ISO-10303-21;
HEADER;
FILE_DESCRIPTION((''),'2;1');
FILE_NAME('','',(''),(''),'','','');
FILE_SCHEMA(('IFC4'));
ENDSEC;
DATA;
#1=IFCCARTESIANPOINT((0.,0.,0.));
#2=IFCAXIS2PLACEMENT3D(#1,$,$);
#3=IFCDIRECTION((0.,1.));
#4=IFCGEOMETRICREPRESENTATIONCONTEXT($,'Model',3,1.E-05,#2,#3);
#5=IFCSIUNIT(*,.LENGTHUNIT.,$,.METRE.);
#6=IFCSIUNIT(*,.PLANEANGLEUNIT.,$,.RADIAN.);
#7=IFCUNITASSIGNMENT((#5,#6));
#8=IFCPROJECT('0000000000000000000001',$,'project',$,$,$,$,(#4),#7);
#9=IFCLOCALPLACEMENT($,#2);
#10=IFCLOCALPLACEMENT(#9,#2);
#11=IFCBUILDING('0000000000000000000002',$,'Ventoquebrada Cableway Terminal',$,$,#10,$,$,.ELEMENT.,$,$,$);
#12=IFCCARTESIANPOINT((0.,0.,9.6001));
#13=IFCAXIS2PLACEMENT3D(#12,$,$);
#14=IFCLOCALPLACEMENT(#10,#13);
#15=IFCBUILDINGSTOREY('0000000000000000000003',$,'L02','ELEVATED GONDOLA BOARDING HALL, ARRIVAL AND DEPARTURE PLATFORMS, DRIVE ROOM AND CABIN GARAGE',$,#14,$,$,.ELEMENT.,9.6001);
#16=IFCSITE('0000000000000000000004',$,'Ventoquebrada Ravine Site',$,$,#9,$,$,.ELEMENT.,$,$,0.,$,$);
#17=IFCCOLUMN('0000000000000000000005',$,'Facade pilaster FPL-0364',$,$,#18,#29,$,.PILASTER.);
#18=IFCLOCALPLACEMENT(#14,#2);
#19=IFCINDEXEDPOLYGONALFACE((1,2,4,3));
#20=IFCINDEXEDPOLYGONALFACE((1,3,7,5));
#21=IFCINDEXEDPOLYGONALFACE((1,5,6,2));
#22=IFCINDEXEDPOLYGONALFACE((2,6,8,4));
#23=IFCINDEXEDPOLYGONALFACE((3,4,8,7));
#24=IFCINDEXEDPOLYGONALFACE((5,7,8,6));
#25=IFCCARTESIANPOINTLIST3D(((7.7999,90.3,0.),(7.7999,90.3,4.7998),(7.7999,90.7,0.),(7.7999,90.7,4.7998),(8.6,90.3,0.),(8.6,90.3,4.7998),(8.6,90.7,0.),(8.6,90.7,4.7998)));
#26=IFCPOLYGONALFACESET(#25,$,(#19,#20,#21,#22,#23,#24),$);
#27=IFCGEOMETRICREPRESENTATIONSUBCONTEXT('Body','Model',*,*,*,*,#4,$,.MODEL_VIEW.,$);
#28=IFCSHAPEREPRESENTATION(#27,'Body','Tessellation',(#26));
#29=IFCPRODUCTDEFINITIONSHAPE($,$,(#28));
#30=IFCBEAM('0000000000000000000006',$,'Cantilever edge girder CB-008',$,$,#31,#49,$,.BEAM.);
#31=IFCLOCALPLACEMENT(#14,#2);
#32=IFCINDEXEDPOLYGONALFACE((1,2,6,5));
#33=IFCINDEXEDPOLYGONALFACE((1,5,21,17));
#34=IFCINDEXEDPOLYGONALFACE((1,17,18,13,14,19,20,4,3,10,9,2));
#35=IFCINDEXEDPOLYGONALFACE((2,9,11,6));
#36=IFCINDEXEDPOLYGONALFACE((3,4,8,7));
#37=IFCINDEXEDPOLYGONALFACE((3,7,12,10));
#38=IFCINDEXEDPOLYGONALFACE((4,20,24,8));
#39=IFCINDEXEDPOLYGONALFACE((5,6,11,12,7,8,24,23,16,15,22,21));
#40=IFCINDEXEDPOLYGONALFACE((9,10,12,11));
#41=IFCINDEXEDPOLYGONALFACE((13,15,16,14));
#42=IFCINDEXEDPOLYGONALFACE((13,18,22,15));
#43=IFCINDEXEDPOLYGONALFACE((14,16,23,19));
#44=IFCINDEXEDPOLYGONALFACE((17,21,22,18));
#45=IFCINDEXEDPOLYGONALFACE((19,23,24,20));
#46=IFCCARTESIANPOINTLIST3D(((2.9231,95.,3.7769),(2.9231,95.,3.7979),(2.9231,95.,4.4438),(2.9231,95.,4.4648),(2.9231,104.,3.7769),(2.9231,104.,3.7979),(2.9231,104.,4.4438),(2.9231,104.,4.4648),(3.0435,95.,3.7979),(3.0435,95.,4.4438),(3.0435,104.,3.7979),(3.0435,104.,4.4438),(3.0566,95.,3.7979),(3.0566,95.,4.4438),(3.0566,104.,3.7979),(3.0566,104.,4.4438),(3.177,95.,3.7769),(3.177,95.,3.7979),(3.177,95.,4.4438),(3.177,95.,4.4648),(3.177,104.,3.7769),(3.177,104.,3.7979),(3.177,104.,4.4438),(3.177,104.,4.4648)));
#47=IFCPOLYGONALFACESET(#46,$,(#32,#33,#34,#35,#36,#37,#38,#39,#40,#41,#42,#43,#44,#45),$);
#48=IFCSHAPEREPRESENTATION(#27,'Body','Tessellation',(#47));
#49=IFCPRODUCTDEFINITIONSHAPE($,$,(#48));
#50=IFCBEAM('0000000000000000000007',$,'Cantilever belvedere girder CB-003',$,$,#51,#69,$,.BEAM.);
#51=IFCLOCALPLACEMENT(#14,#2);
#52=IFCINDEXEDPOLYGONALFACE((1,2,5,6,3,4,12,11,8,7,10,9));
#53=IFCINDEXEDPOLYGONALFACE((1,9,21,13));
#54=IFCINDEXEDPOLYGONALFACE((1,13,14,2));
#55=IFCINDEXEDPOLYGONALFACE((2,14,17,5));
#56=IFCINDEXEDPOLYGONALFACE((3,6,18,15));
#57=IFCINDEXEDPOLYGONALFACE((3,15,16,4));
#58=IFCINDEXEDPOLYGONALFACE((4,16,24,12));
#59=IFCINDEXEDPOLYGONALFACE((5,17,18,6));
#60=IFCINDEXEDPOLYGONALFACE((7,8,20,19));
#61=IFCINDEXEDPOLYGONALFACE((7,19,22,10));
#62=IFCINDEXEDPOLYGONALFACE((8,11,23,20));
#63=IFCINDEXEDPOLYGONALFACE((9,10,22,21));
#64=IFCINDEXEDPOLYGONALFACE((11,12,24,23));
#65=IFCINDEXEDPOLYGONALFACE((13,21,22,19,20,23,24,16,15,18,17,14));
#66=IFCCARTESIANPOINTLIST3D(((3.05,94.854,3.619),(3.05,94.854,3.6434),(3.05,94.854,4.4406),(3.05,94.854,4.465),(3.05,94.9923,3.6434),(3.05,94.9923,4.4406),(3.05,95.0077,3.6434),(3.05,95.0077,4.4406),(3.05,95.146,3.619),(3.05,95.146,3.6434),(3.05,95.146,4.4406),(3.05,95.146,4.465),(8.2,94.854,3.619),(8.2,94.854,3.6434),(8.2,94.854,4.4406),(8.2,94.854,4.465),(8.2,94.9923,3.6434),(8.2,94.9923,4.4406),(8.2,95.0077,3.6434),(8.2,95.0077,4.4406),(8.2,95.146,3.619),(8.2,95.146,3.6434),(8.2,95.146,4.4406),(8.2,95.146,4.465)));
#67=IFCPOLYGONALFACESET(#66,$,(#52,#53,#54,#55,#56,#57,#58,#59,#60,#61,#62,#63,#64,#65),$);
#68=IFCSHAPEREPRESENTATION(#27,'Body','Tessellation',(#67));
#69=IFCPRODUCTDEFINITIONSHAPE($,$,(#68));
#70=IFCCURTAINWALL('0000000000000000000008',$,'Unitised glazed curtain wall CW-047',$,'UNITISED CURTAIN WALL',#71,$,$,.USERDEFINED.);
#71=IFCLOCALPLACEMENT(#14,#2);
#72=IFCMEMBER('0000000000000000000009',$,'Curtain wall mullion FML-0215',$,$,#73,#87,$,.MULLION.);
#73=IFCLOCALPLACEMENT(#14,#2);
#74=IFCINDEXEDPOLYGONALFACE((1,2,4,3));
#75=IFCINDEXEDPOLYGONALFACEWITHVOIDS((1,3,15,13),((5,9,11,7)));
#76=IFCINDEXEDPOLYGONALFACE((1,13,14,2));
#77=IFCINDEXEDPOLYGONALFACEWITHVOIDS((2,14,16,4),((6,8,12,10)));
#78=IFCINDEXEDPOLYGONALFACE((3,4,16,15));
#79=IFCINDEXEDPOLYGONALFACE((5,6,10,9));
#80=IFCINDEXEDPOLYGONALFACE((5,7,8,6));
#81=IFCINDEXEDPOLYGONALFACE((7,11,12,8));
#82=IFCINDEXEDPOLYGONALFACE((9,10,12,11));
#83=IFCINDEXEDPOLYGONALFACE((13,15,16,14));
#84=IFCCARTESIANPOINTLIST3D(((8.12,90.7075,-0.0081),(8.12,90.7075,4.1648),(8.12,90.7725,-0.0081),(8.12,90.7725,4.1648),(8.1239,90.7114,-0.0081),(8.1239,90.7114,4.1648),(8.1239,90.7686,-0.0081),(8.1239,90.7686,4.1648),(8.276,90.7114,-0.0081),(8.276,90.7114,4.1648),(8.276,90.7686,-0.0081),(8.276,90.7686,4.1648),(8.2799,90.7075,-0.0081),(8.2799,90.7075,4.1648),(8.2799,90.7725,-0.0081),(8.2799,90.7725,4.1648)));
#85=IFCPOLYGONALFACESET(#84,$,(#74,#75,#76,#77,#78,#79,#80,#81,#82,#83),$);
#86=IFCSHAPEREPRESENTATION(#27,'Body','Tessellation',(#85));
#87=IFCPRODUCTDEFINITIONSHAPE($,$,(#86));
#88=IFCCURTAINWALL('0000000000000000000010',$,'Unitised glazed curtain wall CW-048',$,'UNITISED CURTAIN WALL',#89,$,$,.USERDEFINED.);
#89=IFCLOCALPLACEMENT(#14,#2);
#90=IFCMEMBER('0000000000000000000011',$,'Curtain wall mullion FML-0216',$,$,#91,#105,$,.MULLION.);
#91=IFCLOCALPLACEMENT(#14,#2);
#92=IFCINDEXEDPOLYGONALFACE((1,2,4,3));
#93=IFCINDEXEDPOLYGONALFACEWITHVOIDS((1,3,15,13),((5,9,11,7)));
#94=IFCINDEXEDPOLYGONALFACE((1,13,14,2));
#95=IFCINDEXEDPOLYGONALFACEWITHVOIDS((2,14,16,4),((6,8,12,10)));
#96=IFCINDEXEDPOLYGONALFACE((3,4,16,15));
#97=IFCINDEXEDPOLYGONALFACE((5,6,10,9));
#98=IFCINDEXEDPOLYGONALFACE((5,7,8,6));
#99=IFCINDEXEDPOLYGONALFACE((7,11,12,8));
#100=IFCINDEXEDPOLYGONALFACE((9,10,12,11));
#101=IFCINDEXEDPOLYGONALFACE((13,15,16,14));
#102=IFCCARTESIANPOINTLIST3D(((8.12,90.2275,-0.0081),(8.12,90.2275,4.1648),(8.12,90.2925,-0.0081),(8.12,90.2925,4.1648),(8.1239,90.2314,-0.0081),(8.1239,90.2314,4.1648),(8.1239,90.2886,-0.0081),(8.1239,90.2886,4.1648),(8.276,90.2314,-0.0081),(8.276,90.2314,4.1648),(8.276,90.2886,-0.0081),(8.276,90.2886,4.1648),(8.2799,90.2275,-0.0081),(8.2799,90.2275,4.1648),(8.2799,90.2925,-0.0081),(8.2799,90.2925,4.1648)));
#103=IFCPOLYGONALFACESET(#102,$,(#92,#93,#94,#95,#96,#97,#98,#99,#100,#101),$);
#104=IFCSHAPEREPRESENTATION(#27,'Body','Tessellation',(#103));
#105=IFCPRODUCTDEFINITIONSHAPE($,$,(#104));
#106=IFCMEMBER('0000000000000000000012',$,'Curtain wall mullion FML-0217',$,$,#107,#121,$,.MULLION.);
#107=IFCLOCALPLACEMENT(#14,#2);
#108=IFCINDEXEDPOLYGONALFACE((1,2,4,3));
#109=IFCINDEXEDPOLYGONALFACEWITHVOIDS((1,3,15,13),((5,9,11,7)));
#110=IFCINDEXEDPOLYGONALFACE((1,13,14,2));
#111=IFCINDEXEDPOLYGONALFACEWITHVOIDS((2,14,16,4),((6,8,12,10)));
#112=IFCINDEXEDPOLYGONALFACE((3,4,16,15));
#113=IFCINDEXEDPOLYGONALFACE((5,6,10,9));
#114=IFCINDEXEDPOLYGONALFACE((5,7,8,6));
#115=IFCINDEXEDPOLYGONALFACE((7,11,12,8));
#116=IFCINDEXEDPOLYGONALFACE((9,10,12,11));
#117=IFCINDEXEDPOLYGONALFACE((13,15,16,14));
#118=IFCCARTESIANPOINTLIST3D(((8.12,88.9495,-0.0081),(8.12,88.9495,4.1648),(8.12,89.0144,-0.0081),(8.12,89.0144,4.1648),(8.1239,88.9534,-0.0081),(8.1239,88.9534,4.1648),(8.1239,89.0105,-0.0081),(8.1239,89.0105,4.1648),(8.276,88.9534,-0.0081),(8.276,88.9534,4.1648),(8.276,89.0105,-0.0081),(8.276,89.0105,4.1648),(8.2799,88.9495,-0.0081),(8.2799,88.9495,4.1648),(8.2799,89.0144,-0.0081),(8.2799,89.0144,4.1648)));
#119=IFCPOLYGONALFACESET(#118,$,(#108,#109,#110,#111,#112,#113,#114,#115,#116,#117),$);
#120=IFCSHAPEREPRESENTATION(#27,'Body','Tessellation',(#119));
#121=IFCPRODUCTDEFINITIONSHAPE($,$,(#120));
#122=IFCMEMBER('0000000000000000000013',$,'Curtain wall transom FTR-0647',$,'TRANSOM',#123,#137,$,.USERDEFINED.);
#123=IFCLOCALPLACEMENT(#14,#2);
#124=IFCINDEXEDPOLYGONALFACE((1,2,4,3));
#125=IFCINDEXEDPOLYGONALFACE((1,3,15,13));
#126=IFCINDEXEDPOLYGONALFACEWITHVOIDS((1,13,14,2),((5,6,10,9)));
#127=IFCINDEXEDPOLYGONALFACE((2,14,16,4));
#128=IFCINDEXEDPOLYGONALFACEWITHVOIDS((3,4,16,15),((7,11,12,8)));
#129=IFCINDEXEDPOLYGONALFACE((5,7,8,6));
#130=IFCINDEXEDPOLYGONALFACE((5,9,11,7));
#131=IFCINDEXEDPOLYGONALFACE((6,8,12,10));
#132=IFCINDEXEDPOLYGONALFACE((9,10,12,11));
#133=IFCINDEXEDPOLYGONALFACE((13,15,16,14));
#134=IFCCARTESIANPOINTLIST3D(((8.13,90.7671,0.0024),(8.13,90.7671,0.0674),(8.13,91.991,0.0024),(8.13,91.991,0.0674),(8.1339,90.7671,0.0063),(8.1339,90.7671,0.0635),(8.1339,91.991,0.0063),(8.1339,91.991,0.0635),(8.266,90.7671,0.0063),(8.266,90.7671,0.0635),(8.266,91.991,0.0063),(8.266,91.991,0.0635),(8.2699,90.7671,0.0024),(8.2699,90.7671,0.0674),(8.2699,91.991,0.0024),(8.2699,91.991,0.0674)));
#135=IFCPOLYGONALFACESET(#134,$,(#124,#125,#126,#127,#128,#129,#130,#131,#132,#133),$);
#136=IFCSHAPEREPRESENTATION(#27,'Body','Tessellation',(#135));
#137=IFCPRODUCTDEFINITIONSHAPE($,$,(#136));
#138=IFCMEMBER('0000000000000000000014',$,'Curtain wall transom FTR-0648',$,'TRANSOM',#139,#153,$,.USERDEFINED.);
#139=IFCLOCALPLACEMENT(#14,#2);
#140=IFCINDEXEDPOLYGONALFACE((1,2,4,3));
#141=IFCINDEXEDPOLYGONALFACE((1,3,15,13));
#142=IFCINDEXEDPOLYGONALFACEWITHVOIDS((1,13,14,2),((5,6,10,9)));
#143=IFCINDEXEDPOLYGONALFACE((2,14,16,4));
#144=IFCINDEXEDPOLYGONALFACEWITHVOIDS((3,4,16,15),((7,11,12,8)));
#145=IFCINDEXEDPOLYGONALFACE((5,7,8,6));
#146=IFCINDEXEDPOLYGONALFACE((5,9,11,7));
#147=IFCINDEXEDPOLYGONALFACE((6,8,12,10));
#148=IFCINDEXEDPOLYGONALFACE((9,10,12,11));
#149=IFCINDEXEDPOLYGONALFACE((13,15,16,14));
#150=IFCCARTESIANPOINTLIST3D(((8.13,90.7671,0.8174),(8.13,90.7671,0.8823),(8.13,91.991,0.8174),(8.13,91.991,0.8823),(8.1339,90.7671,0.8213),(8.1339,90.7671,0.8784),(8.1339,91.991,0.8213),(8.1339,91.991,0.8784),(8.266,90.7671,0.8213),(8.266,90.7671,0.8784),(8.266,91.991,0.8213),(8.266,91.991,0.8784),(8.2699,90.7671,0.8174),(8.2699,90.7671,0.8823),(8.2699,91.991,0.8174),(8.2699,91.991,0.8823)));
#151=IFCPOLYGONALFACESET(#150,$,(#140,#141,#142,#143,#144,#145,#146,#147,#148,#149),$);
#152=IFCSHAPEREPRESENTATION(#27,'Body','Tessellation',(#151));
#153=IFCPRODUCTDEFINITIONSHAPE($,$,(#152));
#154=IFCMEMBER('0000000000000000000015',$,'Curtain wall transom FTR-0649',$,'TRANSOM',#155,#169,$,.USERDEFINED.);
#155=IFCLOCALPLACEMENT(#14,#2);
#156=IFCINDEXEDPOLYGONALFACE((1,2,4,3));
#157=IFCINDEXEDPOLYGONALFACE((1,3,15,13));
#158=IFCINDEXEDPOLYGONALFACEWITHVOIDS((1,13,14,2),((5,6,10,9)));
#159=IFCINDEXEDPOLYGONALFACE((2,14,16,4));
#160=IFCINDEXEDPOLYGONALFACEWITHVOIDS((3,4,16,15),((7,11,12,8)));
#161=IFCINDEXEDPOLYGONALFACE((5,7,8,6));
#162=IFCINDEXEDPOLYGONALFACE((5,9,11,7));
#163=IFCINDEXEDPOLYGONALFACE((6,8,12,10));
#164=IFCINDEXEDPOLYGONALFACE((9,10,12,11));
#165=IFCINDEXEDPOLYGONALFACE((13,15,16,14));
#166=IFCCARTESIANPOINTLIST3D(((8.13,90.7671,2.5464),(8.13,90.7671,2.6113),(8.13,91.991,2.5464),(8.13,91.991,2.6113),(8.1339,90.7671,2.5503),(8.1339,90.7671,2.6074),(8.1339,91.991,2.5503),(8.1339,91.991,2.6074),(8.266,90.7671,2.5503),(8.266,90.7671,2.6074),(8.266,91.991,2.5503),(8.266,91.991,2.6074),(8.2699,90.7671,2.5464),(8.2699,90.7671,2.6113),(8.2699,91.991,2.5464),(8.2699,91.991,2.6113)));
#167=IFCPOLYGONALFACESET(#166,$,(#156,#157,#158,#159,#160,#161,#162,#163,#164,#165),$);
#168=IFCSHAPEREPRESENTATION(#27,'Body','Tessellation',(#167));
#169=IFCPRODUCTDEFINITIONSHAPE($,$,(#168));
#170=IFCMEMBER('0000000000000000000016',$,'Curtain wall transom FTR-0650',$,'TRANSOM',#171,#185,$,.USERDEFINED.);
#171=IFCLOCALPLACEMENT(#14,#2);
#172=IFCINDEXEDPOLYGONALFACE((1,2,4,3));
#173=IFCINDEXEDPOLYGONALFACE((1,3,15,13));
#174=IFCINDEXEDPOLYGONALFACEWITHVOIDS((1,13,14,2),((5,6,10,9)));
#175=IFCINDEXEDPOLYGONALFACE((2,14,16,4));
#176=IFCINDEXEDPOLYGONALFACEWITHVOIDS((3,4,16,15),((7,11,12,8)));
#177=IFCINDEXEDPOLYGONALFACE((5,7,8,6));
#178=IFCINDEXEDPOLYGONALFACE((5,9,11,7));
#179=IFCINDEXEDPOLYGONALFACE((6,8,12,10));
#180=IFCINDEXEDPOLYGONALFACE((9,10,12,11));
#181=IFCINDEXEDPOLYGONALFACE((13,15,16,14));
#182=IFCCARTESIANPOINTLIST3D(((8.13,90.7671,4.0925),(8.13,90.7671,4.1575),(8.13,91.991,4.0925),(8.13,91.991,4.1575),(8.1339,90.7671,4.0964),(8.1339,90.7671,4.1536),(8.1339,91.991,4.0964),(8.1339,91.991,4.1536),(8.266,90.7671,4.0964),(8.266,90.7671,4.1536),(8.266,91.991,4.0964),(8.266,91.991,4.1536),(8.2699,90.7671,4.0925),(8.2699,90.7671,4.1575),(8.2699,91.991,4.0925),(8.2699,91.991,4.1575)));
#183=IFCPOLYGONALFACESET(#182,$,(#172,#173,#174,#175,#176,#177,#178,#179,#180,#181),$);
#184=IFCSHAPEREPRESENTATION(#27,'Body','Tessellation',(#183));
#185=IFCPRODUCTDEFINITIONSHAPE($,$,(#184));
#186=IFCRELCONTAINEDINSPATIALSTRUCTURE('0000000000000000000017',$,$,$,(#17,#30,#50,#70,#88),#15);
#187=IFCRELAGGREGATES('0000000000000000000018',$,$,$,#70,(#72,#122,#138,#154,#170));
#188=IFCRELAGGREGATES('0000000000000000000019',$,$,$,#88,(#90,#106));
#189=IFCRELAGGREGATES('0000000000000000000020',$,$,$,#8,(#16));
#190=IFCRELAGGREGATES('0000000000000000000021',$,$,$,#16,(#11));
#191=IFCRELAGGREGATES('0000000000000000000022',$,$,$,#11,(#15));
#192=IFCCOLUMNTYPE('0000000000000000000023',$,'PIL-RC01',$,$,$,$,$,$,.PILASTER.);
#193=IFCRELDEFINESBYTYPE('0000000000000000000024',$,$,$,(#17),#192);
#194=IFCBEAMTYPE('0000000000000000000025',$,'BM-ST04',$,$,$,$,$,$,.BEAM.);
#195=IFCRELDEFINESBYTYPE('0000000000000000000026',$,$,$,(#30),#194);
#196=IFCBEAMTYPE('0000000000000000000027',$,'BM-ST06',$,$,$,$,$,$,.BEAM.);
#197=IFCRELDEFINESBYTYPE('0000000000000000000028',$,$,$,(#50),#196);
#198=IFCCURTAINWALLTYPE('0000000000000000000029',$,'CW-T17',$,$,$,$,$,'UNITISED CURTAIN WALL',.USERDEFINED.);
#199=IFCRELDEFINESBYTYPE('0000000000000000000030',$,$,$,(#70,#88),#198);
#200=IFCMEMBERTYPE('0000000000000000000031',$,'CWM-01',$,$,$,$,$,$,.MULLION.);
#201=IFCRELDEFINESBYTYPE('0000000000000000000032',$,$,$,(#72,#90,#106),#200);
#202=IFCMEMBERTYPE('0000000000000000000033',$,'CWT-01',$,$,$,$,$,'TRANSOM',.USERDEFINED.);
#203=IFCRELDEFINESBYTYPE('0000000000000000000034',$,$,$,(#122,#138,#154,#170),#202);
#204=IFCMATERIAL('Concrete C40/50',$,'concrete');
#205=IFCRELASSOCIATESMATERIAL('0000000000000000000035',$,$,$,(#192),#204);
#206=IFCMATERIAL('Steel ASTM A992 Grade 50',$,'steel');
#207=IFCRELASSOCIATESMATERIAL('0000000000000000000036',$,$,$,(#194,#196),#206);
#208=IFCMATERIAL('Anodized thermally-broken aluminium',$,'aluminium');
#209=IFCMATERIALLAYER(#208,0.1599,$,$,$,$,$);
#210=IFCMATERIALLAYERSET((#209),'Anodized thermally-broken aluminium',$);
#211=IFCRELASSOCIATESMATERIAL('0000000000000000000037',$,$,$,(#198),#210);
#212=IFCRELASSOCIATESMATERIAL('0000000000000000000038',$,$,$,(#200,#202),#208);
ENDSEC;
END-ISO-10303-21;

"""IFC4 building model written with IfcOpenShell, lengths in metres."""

from ifc_helpers import new_model, si_unit, direction, frame, origin, origin_2d, place, context, subcontext, project, spatial, rectangle, hollow_rectangle, i_section, extrude, material, layer, layer_set, material_profile, profile_set, type_object, element, aggregate, save


model = new_model("IFC4")

# Units and contexts
model_context = context("Model", 3, precision=1e-05, world=origin(), true_north=direction((0.0, 1.0)))
body_context = subcontext(model_context, "Body", "Model", "MODEL_VIEW")
ifc_project = project(units=[si_unit("LENGTHUNIT", "METRE"), si_unit("PLANEANGLEUNIT", "RADIAN")], contexts=[model_context])

# Site, building, storey
site_placement = place(None, origin())
site = spatial("IfcSite", under=ifc_project, at=site_placement, Name="Ventoquebrada Ravine Site", CompositionType="ELEMENT", RefElevation=0.0)
building_placement = place(site_placement, origin())
building = spatial("IfcBuilding", under=site, at=building_placement, Name="Ventoquebrada Cableway Terminal", CompositionType="ELEMENT")
storey_placement = place(building_placement, frame((0.0, 0.0, 9.6001)))
storey = spatial("IfcBuildingStorey", under=building, at=storey_placement, Name="L02", Description="ELEVATED GONDOLA BOARDING HALL, ARRIVAL AND DEPARTURE PLATFORMS, DRIVE ROOM AND CABIN GARAGE", CompositionType="ELEMENT", Elevation=9.6001)

# Column
ifc_material_1 = material(Name="Concrete C40/50", Category="concrete")
ifc_material_profile_1 = material_profile(ifc_material_1, rectangle(XDim=0.3999, YDim=0.8, at=origin_2d()), Name="RC-PIL-400X800")
ifc_profile_set_1 = profile_set([ifc_material_profile_1], Name="Concrete C40/50")
column_type = type_object("IfcColumnType", Name="PIL-RC01", PredefinedType="PILASTER", material=ifc_profile_set_1)
column_placement = place(storey_placement, frame((8.2, 90.5, 0.0), z_axis=(0.0, 0.0, 1.0), x_axis=(0.0, 1.0, 0.0)))
element("IfcColumn", 1, at=column_placement, inside=storey, type_object=column_type, Name="Facade pilaster FPL-0364", PredefinedType="PILASTER", context=body_context, shape_type="SweptSolid", body=[
    extrude(rectangle(XDim=0.3999, YDim=0.8, at=origin_2d()), origin(), (0.0, 0.0, 1.0), 4.7998),
])

# Beams
ifc_material_2 = material(Name="Steel ASTM A992 Grade 50", Category="steel")
ifc_material_profile_2 = material_profile(ifc_material_2, i_section(OverallWidth=0.2539, OverallDepth=0.688, WebThickness=0.0132, FlangeThickness=0.021, at=origin_2d()), Name="W27X102")
ifc_profile_set_2 = profile_set([ifc_material_profile_2], Name="Steel ASTM A992 Grade 50")
beam_type_1 = type_object("IfcBeamType", Name="BM-ST04", PredefinedType="BEAM", material=ifc_profile_set_2)
beam_1_placement = place(storey_placement, frame((3.05, 95.0, 4.1208), z_axis=(0.0, 1.0, 0.0), x_axis=(-1.0, 0.0, 0.0)))
element("IfcBeam", 2, at=beam_1_placement, inside=storey, type_object=beam_type_1, Name="Cantilever edge girder CB-008", PredefinedType="BEAM", context=body_context, shape_type="SweptSolid", body=[
    extrude(i_section(OverallWidth=0.2539, OverallDepth=0.688, WebThickness=0.0132, FlangeThickness=0.021, at=origin_2d()), origin(), (0.0, 0.0, 1.0), 9.0),
])
ifc_material_profile_3 = material_profile(ifc_material_2, i_section(OverallWidth=0.292, OverallDepth=0.8459, WebThickness=0.0154, FlangeThickness=0.0244, at=origin_2d()), Name="W33X141")
ifc_profile_set_3 = profile_set([ifc_material_profile_3], Name="Steel ASTM A992 Grade 50")
beam_type_2 = type_object("IfcBeamType", Name="BM-ST06", PredefinedType="BEAM", material=ifc_profile_set_3)
beam_2_placement = place(storey_placement, frame((3.05, 95.0, 4.042), z_axis=(1.0, 0.0, 0.0), x_axis=(0.0, 1.0, 0.0)))
element("IfcBeam", 3, at=beam_2_placement, inside=storey, type_object=beam_type_2, Name="Cantilever belvedere girder CB-003", PredefinedType="BEAM", context=body_context, shape_type="SweptSolid", body=[
    extrude(i_section(OverallWidth=0.292, OverallDepth=0.8459, WebThickness=0.0154, FlangeThickness=0.0244, at=origin_2d()), origin(), (0.0, 0.0, 1.0), 5.1499),
])

# Curtain wall, member
ifc_material_3 = material(Name="Anodized thermally-broken aluminium", Category="aluminium")
ifc_layer_1 = layer(ifc_material_3, 0.1599)
ifc_layer_set_1 = layer_set([ifc_layer_1], Name="Anodized thermally-broken aluminium")
curtain_wall_type = type_object("IfcCurtainWallType", Name="CW-T17", ElementType="UNITISED CURTAIN WALL", PredefinedType="USERDEFINED", material=ifc_layer_set_1)
curtain_wall_1_placement = place(storey_placement, origin())
curtain_wall_1 = element("IfcCurtainWall", 4, at=curtain_wall_1_placement, inside=storey, type_object=curtain_wall_type, Name="Unitised glazed curtain wall CW-047", ObjectType="UNITISED CURTAIN WALL", PredefinedType="USERDEFINED")
ifc_material_profile_4 = material_profile(ifc_material_3, hollow_rectangle(XDim=0.0649, YDim=0.1599, WallThickness=0.0039, at=origin_2d()), Name="CW-MUL-65X160")
ifc_profile_set_4 = profile_set([ifc_material_profile_4], Name="Anodized thermally-broken aluminium")
member_type_1 = type_object("IfcMemberType", Name="CWM-01", PredefinedType="MULLION", material=ifc_profile_set_4)
member_1_placement = place(storey_placement, frame((8.2, 90.74, -0.0081), z_axis=(0.0, 0.0, 1.0), x_axis=(0.0, -1.0, 0.0)))
member_1 = element("IfcMember", 5, at=member_1_placement, type_object=member_type_1, Name="Curtain wall mullion FML-0215", PredefinedType="MULLION", context=body_context, shape_type="SweptSolid", body=[
    extrude(hollow_rectangle(XDim=0.0649, YDim=0.1599, WallThickness=0.0039, at=origin_2d()), origin(), (0.0, 0.0, 1.0), 4.1729),
])

# Curtain wall, members
curtain_wall_2_placement = place(storey_placement, origin())
curtain_wall_2 = element("IfcCurtainWall", 6, at=curtain_wall_2_placement, inside=storey, type_object=curtain_wall_type, Name="Unitised glazed curtain wall CW-048", ObjectType="UNITISED CURTAIN WALL", PredefinedType="USERDEFINED")
member_2_placement = place(storey_placement, frame((8.2, 90.26, -0.0081), z_axis=(0.0, 0.0, 1.0), x_axis=(0.0, -1.0, 0.0)))
member_2 = element("IfcMember", 7, at=member_2_placement, type_object=member_type_1, Name="Curtain wall mullion FML-0216", PredefinedType="MULLION", context=body_context, shape_type="SweptSolid", body=[
    extrude(hollow_rectangle(XDim=0.0649, YDim=0.1599, WallThickness=0.0039, at=origin_2d()), origin(), (0.0, 0.0, 1.0), 4.1729),
])
member_3_placement = place(storey_placement, frame((8.2, 88.9819, -0.0081), z_axis=(0.0, 0.0, 1.0), x_axis=(0.0, -1.0, 0.0)))
member_3 = element("IfcMember", 8, at=member_3_placement, type_object=member_type_1, Name="Curtain wall mullion FML-0217", PredefinedType="MULLION", context=body_context, shape_type="SweptSolid", body=[
    extrude(hollow_rectangle(XDim=0.0649, YDim=0.1599, WallThickness=0.0039, at=origin_2d()), origin(), (0.0, 0.0, 1.0), 4.1729),
])

# Members
ifc_material_profile_5 = material_profile(ifc_material_3, hollow_rectangle(XDim=0.0649, YDim=0.1399, WallThickness=0.0039, at=origin_2d()), Name="CW-TRN-65X140")
ifc_profile_set_5 = profile_set([ifc_material_profile_5], Name="Anodized thermally-broken aluminium")
member_type_2 = type_object("IfcMemberType", Name="CWT-01", ElementType="TRANSOM", PredefinedType="USERDEFINED", material=ifc_profile_set_5)
member_4_placement = place(storey_placement, frame((8.2, 91.991, 0.0349), z_axis=(0.0, -1.0, 0.0), x_axis=(0.0, 0.0, 1.0)))
member_4 = element("IfcMember", 9, at=member_4_placement, type_object=member_type_2, Name="Curtain wall transom FTR-0647", ObjectType="TRANSOM", PredefinedType="USERDEFINED", context=body_context, shape_type="SweptSolid", body=[
    extrude(hollow_rectangle(XDim=0.0649, YDim=0.1399, WallThickness=0.0039, at=origin_2d()), origin(), (0.0, 0.0, 1.0), 1.2239),
])
member_5_placement = place(storey_placement, frame((8.2, 91.991, 0.8499), z_axis=(0.0, -1.0, 0.0), x_axis=(0.0, 0.0, 1.0)))
member_5 = element("IfcMember", 10, at=member_5_placement, type_object=member_type_2, Name="Curtain wall transom FTR-0648", ObjectType="TRANSOM", PredefinedType="USERDEFINED", context=body_context, shape_type="SweptSolid", body=[
    extrude(hollow_rectangle(XDim=0.0649, YDim=0.1399, WallThickness=0.0039, at=origin_2d()), origin(), (0.0, 0.0, 1.0), 1.2239),
])
member_6_placement = place(storey_placement, frame((8.2, 91.991, 2.5789), z_axis=(0.0, -1.0, 0.0), x_axis=(0.0, 0.0, 1.0)))
member_6 = element("IfcMember", 11, at=member_6_placement, type_object=member_type_2, Name="Curtain wall transom FTR-0649", ObjectType="TRANSOM", PredefinedType="USERDEFINED", context=body_context, shape_type="SweptSolid", body=[
    extrude(hollow_rectangle(XDim=0.0649, YDim=0.1399, WallThickness=0.0039, at=origin_2d()), origin(), (0.0, 0.0, 1.0), 1.2239),
])
member_7_placement = place(storey_placement, frame((8.2, 91.991, 4.125), z_axis=(0.0, -1.0, 0.0), x_axis=(0.0, 0.0, 1.0)))
member_7 = element("IfcMember", 12, at=member_7_placement, type_object=member_type_2, Name="Curtain wall transom FTR-0650", ObjectType="TRANSOM", PredefinedType="USERDEFINED", context=body_context, shape_type="SweptSolid", body=[
    extrude(hollow_rectangle(XDim=0.0649, YDim=0.1399, WallThickness=0.0039, at=origin_2d()), origin(), (0.0, 0.0, 1.0), 1.2239),
])

aggregate(curtain_wall_1, [member_1, member_4, member_5, member_6, member_7])
aggregate(curtain_wall_2, [member_2, member_3])

save(model, "model.ifc")
